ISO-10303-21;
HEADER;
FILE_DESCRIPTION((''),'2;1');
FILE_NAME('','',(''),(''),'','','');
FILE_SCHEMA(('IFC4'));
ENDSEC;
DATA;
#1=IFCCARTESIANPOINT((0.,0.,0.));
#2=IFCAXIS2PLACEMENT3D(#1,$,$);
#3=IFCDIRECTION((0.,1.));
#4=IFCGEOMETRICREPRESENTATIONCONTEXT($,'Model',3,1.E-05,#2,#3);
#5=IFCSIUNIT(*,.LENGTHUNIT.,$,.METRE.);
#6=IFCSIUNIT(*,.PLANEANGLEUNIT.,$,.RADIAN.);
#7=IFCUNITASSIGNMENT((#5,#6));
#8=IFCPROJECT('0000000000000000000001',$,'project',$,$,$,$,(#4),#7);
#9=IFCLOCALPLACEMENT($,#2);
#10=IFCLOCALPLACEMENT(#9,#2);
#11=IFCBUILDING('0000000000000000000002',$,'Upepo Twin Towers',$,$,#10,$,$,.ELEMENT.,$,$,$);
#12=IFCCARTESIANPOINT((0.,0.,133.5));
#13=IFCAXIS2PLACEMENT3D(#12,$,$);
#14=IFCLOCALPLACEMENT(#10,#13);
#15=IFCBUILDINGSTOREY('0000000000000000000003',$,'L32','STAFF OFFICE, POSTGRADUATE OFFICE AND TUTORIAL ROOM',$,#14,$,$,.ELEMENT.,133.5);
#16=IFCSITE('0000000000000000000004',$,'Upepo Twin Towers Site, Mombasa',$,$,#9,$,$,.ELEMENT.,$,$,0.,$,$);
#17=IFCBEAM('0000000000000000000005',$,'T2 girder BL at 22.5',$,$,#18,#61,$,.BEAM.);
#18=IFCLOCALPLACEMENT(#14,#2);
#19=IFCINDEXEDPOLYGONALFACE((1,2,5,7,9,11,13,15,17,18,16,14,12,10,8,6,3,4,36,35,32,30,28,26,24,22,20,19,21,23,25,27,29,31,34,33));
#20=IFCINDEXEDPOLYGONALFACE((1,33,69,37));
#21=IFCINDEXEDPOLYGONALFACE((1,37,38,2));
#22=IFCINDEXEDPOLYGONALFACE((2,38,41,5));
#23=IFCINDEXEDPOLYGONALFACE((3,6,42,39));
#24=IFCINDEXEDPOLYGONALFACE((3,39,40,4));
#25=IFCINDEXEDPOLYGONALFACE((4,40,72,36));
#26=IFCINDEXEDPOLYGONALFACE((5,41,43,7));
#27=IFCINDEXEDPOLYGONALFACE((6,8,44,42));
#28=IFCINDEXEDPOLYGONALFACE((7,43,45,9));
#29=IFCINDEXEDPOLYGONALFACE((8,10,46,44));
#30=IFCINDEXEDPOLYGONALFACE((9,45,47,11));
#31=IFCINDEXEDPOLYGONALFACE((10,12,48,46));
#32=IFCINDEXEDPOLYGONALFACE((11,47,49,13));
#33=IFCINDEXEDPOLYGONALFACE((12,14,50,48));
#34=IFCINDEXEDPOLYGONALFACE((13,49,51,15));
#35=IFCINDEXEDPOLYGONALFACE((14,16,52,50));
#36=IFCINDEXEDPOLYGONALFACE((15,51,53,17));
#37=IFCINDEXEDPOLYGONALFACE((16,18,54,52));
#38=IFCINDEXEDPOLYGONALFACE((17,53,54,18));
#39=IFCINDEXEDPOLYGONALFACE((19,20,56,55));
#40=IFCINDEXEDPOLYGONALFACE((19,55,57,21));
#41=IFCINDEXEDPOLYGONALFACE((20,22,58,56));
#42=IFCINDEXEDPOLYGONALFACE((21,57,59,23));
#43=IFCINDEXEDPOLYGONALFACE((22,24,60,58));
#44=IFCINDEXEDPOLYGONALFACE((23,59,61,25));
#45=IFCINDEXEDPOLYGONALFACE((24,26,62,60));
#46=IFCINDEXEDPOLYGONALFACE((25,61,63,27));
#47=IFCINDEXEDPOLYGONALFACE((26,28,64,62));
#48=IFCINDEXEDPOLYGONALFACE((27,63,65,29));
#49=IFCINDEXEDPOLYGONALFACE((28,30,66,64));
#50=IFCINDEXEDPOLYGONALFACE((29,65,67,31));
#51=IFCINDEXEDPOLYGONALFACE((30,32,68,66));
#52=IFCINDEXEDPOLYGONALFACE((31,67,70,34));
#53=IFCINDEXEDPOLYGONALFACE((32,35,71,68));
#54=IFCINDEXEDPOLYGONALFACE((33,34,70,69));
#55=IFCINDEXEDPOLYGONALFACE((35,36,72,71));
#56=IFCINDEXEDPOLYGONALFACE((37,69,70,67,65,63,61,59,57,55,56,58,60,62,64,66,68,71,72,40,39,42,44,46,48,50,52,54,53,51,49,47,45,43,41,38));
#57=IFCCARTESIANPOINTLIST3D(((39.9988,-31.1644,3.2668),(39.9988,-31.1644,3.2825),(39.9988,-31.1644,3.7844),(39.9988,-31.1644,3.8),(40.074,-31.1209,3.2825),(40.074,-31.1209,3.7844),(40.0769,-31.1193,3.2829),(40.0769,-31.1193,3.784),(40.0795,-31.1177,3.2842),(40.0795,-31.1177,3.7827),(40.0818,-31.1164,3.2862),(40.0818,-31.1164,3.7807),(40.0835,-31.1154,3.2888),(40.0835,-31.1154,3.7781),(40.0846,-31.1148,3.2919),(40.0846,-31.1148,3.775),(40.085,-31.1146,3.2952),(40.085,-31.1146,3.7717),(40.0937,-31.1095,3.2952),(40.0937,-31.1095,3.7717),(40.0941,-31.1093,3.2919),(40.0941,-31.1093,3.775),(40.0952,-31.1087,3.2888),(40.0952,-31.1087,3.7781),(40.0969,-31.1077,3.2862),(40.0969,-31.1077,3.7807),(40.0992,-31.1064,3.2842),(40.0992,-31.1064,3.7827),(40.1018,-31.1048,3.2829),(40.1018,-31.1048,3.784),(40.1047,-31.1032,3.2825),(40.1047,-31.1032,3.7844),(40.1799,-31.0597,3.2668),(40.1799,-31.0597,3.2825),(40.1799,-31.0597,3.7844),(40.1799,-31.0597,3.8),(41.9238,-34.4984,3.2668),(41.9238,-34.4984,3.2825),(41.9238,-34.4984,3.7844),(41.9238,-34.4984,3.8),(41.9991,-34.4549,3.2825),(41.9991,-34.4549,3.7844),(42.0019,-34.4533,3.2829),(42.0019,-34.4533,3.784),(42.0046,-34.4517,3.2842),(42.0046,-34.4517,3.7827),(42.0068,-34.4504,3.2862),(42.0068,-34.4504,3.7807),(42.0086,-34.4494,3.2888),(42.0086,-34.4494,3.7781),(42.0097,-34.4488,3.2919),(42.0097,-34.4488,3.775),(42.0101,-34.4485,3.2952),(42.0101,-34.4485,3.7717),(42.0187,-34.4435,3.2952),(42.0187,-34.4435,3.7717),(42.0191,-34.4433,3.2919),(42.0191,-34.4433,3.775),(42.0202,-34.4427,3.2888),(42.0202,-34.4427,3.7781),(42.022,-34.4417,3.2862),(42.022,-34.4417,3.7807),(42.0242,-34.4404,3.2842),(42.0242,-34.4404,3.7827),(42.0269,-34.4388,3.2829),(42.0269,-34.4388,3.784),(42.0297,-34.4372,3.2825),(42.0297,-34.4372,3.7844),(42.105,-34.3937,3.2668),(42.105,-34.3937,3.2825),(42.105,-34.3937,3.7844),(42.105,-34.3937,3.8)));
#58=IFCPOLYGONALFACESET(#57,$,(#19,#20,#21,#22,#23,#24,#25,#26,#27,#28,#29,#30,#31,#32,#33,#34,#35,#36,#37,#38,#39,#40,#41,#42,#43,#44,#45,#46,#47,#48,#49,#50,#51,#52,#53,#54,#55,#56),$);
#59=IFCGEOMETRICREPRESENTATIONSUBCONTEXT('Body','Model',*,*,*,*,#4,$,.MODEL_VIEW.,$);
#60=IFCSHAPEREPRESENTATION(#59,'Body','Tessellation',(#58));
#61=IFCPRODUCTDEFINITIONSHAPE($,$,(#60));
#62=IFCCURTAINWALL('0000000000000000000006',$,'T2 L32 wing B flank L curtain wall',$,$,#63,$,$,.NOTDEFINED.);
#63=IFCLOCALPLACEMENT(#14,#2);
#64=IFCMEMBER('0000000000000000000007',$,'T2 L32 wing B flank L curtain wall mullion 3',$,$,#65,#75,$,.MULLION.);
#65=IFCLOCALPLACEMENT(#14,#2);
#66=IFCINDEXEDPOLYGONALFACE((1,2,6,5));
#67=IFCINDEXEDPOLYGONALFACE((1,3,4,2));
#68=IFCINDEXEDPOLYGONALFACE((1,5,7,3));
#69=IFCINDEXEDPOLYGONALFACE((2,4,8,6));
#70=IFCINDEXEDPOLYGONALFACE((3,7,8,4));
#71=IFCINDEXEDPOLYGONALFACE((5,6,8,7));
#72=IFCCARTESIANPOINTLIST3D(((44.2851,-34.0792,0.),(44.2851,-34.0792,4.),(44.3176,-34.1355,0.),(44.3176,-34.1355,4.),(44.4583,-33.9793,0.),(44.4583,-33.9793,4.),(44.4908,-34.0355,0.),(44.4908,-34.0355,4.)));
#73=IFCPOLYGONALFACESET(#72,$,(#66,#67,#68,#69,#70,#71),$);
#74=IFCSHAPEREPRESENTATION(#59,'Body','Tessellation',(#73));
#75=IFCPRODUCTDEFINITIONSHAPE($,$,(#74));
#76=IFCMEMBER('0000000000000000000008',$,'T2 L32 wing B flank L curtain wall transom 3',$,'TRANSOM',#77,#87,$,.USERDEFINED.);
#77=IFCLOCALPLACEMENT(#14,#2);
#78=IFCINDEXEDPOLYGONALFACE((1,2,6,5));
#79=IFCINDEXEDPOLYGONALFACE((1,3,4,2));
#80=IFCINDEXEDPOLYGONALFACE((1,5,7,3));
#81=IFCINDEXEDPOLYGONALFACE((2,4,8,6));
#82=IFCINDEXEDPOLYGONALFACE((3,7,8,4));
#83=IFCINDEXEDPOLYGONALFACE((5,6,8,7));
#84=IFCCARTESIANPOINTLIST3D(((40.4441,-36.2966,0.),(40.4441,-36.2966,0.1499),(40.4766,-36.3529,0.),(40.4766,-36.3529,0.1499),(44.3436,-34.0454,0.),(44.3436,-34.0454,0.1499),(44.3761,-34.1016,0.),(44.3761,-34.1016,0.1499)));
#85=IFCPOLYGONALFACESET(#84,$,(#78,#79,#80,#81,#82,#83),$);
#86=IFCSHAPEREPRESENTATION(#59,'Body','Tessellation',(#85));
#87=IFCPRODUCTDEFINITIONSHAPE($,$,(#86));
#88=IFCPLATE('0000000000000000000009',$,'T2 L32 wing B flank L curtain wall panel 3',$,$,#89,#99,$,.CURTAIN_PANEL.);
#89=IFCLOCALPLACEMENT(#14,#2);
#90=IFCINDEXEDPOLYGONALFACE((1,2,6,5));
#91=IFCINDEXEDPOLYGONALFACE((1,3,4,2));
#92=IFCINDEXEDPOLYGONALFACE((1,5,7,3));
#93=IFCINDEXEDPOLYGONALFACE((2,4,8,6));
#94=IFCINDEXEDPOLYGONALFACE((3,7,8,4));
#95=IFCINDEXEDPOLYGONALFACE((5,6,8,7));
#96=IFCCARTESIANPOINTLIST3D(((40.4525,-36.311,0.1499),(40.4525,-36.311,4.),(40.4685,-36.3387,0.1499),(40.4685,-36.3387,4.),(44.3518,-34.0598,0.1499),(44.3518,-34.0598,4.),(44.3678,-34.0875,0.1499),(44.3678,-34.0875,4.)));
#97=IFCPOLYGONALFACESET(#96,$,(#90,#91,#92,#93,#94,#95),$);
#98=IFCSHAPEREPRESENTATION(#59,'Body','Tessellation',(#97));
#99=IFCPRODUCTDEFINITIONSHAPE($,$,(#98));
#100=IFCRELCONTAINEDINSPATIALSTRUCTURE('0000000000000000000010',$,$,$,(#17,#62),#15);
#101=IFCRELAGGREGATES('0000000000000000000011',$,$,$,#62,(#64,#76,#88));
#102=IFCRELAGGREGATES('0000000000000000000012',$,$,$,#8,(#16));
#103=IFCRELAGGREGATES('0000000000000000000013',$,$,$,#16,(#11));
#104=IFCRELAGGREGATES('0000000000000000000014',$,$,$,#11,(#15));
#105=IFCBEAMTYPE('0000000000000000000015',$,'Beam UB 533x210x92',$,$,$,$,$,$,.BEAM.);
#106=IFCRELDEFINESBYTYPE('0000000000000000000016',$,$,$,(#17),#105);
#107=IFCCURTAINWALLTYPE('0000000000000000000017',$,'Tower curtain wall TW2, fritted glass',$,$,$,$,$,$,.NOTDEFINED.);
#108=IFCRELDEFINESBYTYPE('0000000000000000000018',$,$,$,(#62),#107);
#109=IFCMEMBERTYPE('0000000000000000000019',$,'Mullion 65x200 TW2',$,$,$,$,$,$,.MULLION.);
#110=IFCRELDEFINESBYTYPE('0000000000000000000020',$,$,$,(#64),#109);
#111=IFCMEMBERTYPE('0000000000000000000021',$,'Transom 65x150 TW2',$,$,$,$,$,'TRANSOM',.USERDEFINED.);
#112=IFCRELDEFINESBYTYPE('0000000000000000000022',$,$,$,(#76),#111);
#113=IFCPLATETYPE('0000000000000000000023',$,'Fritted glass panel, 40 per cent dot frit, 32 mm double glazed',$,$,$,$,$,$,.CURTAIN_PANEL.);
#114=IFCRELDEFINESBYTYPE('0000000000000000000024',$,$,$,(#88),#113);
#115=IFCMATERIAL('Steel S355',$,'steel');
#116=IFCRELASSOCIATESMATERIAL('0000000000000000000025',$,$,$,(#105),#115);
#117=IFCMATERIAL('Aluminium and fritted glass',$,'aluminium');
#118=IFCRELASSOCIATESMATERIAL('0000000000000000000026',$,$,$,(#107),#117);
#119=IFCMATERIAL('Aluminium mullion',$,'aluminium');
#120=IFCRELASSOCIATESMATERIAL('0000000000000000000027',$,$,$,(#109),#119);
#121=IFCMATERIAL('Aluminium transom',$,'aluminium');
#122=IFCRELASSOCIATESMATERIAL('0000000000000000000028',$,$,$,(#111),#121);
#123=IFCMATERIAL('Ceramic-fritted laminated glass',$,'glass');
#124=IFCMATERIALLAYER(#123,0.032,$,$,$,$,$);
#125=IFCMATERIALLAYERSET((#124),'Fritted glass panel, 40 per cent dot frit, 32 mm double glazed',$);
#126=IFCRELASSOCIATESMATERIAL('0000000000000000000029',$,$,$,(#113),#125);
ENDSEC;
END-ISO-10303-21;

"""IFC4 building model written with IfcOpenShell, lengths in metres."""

from ifc_helpers import new_model, si_unit, direction, frame, origin, origin_2d, place, context, subcontext, project, spatial, rectangle, i_section, extrude, material, layer, layer_set, material_profile, profile_set, type_object, element, aggregate, save


model = new_model("IFC4")

# Units and contexts
model_context = context("Model", 3, precision=1e-05, world=origin(), true_north=direction((0.0, 1.0)))
body_context = subcontext(model_context, "Body", "Model", "MODEL_VIEW")
ifc_project = project(units=[si_unit("LENGTHUNIT", "METRE"), si_unit("PLANEANGLEUNIT", "RADIAN")], contexts=[model_context])

# Site, building, storey
site_placement = place(None, origin())
site = spatial("IfcSite", under=ifc_project, at=site_placement, Name="Upepo Twin Towers Site, Mombasa", CompositionType="ELEMENT", RefElevation=0.0)
building_placement = place(site_placement, origin())
building = spatial("IfcBuilding", under=site, at=building_placement, Name="Upepo Twin Towers", CompositionType="ELEMENT")
storey_placement = place(building_placement, frame((0.0, 0.0, 133.5)))
storey = spatial("IfcBuildingStorey", under=building, at=storey_placement, Name="L32", Description="STAFF OFFICE, POSTGRADUATE OFFICE AND TUTORIAL ROOM", CompositionType="ELEMENT", Elevation=133.5)

# Beam
ifc_material_1 = material(Name="Steel S355", Category="steel")
ifc_material_profile_1 = material_profile(ifc_material_1, i_section(OverallWidth=0.2092, OverallDepth=0.5332, WebThickness=0.01, FlangeThickness=0.0156, FilletRadius=0.0127, at=origin_2d()), Name="UB 533x210x92")
ifc_profile_set_1 = profile_set([ifc_material_profile_1], Name="Steel S355")
beam_type_1 = type_object("IfcBeamType", Name="Beam UB 533x210x92", PredefinedType="BEAM", material=ifc_profile_set_1)
for number, where, z_axis, x_axis, name in (
    (1, (42.0144, -34.446, 3.5334), (-0.500034, 0.866006, 0.0), (-0.866006, -0.500034, 0.0), "T2 girder BL at 22.5"),
):
    element("IfcBeam", number, at=place(storey_placement, frame(where, z_axis=z_axis, x_axis=x_axis)), inside=storey, type_object=beam_type_1, Name=name, PredefinedType="BEAM", context=body_context, shape_type="SweptSolid", body=[
        extrude(i_section(OverallWidth=0.2092, OverallDepth=0.5332, WebThickness=0.01, FlangeThickness=0.0156, FilletRadius=0.0127, at=origin_2d()), origin(), (0.0, 0.0, 1.0), 3.8499),
    ])

# Curtain wall, members, plate
ifc_material_2 = material(Name="Aluminium and fritted glass", Category="aluminium")
curtain_wall_type = type_object("IfcCurtainWallType", Name="Tower curtain wall TW2, fritted glass", PredefinedType="NOTDEFINED", material=ifc_material_2)
curtain_wall_placement = place(storey_placement, origin())
curtain_wall = element("IfcCurtainWall", 2, at=curtain_wall_placement, inside=storey, type_object=curtain_wall_type, Name="T2 L32 wing B flank L curtain wall", PredefinedType="NOTDEFINED")
ifc_material_3 = material(Name="Aluminium mullion", Category="aluminium")
ifc_material_profile_2 = material_profile(ifc_material_3, rectangle(XDim=0.0649, YDim=0.2, at=origin_2d()), Name="MULLION 65x200")
ifc_profile_set_2 = profile_set([ifc_material_profile_2], Name="Aluminium mullion")
member_type_1 = type_object("IfcMemberType", Name="Mullion 65x200 TW2", PredefinedType="MULLION", material=ifc_profile_set_2)
member_1_placement = place(storey_placement, frame((44.3879, -34.0574, 0.0), z_axis=(0.0, 0.0, 1.0), x_axis=(0.5, -0.866025, 0.0)))
member_1 = element("IfcMember", 3, at=member_1_placement, type_object=member_type_1, Name="T2 L32 wing B flank L curtain wall mullion 3", PredefinedType="MULLION", context=body_context, shape_type="SweptSolid", body=[
    extrude(rectangle(XDim=0.0649, YDim=0.2, at=origin_2d()), origin(), (0.0, 0.0, 1.0), 4.0),
])
ifc_material_4 = material(Name="Aluminium transom", Category="aluminium")
ifc_material_profile_3 = material_profile(ifc_material_4, rectangle(XDim=0.0649, YDim=0.1499, at=origin_2d()), Name="TRANSOM 65x150")
ifc_profile_set_3 = profile_set([ifc_material_profile_3], Name="Aluminium transom")
member_type_2 = type_object("IfcMemberType", Name="Transom 65x150 TW2", ElementType="TRANSOM", PredefinedType="USERDEFINED", material=ifc_profile_set_3)
member_2_placement = place(storey_placement, frame((44.3599, -34.0735, 0.075), z_axis=(-0.866036, -0.499982, 0.0), x_axis=(0.499982, -0.866036, 0.0)))
member_2 = element("IfcMember", 4, at=member_2_placement, type_object=member_type_2, Name="T2 L32 wing B flank L curtain wall transom 3", ObjectType="TRANSOM", PredefinedType="USERDEFINED", context=body_context, shape_type="SweptSolid", body=[
    extrude(rectangle(XDim=0.0649, YDim=0.1499, at=origin_2d()), origin(), (0.0, 0.0, 1.0), 4.5027),
])
ifc_material_5 = material(Name="Ceramic-fritted laminated glass", Category="glass")
ifc_layer_1 = layer(ifc_material_5, 0.032)
ifc_layer_set_1 = layer_set([ifc_layer_1], Name="Fritted glass panel, 40 per cent dot frit, 32 mm double glazed")
plate_type = type_object("IfcPlateType", Name="Fritted glass panel, 40 per cent dot frit, 32 mm double glazed", PredefinedType="CURTAIN_PANEL", material=ifc_layer_set_1)
plate_placement = place(storey_placement, frame((42.4102, -35.1992, 0.1499), z_axis=(0.0, 0.0, 1.0), x_axis=(-0.866025, -0.5, 0.0)))
plate = element("IfcPlate", 5, at=plate_placement, type_object=plate_type, Name="T2 L32 wing B flank L curtain wall panel 3", PredefinedType="CURTAIN_PANEL", context=body_context, shape_type="SweptSolid", body=[
    extrude(rectangle(XDim=4.5024, YDim=0.032, at=origin_2d()), origin(), (0.0, 0.0, 1.0), 3.8501),
])
aggregate(curtain_wall, [member_1, member_2, plate])

save(model, "model.ifc")
